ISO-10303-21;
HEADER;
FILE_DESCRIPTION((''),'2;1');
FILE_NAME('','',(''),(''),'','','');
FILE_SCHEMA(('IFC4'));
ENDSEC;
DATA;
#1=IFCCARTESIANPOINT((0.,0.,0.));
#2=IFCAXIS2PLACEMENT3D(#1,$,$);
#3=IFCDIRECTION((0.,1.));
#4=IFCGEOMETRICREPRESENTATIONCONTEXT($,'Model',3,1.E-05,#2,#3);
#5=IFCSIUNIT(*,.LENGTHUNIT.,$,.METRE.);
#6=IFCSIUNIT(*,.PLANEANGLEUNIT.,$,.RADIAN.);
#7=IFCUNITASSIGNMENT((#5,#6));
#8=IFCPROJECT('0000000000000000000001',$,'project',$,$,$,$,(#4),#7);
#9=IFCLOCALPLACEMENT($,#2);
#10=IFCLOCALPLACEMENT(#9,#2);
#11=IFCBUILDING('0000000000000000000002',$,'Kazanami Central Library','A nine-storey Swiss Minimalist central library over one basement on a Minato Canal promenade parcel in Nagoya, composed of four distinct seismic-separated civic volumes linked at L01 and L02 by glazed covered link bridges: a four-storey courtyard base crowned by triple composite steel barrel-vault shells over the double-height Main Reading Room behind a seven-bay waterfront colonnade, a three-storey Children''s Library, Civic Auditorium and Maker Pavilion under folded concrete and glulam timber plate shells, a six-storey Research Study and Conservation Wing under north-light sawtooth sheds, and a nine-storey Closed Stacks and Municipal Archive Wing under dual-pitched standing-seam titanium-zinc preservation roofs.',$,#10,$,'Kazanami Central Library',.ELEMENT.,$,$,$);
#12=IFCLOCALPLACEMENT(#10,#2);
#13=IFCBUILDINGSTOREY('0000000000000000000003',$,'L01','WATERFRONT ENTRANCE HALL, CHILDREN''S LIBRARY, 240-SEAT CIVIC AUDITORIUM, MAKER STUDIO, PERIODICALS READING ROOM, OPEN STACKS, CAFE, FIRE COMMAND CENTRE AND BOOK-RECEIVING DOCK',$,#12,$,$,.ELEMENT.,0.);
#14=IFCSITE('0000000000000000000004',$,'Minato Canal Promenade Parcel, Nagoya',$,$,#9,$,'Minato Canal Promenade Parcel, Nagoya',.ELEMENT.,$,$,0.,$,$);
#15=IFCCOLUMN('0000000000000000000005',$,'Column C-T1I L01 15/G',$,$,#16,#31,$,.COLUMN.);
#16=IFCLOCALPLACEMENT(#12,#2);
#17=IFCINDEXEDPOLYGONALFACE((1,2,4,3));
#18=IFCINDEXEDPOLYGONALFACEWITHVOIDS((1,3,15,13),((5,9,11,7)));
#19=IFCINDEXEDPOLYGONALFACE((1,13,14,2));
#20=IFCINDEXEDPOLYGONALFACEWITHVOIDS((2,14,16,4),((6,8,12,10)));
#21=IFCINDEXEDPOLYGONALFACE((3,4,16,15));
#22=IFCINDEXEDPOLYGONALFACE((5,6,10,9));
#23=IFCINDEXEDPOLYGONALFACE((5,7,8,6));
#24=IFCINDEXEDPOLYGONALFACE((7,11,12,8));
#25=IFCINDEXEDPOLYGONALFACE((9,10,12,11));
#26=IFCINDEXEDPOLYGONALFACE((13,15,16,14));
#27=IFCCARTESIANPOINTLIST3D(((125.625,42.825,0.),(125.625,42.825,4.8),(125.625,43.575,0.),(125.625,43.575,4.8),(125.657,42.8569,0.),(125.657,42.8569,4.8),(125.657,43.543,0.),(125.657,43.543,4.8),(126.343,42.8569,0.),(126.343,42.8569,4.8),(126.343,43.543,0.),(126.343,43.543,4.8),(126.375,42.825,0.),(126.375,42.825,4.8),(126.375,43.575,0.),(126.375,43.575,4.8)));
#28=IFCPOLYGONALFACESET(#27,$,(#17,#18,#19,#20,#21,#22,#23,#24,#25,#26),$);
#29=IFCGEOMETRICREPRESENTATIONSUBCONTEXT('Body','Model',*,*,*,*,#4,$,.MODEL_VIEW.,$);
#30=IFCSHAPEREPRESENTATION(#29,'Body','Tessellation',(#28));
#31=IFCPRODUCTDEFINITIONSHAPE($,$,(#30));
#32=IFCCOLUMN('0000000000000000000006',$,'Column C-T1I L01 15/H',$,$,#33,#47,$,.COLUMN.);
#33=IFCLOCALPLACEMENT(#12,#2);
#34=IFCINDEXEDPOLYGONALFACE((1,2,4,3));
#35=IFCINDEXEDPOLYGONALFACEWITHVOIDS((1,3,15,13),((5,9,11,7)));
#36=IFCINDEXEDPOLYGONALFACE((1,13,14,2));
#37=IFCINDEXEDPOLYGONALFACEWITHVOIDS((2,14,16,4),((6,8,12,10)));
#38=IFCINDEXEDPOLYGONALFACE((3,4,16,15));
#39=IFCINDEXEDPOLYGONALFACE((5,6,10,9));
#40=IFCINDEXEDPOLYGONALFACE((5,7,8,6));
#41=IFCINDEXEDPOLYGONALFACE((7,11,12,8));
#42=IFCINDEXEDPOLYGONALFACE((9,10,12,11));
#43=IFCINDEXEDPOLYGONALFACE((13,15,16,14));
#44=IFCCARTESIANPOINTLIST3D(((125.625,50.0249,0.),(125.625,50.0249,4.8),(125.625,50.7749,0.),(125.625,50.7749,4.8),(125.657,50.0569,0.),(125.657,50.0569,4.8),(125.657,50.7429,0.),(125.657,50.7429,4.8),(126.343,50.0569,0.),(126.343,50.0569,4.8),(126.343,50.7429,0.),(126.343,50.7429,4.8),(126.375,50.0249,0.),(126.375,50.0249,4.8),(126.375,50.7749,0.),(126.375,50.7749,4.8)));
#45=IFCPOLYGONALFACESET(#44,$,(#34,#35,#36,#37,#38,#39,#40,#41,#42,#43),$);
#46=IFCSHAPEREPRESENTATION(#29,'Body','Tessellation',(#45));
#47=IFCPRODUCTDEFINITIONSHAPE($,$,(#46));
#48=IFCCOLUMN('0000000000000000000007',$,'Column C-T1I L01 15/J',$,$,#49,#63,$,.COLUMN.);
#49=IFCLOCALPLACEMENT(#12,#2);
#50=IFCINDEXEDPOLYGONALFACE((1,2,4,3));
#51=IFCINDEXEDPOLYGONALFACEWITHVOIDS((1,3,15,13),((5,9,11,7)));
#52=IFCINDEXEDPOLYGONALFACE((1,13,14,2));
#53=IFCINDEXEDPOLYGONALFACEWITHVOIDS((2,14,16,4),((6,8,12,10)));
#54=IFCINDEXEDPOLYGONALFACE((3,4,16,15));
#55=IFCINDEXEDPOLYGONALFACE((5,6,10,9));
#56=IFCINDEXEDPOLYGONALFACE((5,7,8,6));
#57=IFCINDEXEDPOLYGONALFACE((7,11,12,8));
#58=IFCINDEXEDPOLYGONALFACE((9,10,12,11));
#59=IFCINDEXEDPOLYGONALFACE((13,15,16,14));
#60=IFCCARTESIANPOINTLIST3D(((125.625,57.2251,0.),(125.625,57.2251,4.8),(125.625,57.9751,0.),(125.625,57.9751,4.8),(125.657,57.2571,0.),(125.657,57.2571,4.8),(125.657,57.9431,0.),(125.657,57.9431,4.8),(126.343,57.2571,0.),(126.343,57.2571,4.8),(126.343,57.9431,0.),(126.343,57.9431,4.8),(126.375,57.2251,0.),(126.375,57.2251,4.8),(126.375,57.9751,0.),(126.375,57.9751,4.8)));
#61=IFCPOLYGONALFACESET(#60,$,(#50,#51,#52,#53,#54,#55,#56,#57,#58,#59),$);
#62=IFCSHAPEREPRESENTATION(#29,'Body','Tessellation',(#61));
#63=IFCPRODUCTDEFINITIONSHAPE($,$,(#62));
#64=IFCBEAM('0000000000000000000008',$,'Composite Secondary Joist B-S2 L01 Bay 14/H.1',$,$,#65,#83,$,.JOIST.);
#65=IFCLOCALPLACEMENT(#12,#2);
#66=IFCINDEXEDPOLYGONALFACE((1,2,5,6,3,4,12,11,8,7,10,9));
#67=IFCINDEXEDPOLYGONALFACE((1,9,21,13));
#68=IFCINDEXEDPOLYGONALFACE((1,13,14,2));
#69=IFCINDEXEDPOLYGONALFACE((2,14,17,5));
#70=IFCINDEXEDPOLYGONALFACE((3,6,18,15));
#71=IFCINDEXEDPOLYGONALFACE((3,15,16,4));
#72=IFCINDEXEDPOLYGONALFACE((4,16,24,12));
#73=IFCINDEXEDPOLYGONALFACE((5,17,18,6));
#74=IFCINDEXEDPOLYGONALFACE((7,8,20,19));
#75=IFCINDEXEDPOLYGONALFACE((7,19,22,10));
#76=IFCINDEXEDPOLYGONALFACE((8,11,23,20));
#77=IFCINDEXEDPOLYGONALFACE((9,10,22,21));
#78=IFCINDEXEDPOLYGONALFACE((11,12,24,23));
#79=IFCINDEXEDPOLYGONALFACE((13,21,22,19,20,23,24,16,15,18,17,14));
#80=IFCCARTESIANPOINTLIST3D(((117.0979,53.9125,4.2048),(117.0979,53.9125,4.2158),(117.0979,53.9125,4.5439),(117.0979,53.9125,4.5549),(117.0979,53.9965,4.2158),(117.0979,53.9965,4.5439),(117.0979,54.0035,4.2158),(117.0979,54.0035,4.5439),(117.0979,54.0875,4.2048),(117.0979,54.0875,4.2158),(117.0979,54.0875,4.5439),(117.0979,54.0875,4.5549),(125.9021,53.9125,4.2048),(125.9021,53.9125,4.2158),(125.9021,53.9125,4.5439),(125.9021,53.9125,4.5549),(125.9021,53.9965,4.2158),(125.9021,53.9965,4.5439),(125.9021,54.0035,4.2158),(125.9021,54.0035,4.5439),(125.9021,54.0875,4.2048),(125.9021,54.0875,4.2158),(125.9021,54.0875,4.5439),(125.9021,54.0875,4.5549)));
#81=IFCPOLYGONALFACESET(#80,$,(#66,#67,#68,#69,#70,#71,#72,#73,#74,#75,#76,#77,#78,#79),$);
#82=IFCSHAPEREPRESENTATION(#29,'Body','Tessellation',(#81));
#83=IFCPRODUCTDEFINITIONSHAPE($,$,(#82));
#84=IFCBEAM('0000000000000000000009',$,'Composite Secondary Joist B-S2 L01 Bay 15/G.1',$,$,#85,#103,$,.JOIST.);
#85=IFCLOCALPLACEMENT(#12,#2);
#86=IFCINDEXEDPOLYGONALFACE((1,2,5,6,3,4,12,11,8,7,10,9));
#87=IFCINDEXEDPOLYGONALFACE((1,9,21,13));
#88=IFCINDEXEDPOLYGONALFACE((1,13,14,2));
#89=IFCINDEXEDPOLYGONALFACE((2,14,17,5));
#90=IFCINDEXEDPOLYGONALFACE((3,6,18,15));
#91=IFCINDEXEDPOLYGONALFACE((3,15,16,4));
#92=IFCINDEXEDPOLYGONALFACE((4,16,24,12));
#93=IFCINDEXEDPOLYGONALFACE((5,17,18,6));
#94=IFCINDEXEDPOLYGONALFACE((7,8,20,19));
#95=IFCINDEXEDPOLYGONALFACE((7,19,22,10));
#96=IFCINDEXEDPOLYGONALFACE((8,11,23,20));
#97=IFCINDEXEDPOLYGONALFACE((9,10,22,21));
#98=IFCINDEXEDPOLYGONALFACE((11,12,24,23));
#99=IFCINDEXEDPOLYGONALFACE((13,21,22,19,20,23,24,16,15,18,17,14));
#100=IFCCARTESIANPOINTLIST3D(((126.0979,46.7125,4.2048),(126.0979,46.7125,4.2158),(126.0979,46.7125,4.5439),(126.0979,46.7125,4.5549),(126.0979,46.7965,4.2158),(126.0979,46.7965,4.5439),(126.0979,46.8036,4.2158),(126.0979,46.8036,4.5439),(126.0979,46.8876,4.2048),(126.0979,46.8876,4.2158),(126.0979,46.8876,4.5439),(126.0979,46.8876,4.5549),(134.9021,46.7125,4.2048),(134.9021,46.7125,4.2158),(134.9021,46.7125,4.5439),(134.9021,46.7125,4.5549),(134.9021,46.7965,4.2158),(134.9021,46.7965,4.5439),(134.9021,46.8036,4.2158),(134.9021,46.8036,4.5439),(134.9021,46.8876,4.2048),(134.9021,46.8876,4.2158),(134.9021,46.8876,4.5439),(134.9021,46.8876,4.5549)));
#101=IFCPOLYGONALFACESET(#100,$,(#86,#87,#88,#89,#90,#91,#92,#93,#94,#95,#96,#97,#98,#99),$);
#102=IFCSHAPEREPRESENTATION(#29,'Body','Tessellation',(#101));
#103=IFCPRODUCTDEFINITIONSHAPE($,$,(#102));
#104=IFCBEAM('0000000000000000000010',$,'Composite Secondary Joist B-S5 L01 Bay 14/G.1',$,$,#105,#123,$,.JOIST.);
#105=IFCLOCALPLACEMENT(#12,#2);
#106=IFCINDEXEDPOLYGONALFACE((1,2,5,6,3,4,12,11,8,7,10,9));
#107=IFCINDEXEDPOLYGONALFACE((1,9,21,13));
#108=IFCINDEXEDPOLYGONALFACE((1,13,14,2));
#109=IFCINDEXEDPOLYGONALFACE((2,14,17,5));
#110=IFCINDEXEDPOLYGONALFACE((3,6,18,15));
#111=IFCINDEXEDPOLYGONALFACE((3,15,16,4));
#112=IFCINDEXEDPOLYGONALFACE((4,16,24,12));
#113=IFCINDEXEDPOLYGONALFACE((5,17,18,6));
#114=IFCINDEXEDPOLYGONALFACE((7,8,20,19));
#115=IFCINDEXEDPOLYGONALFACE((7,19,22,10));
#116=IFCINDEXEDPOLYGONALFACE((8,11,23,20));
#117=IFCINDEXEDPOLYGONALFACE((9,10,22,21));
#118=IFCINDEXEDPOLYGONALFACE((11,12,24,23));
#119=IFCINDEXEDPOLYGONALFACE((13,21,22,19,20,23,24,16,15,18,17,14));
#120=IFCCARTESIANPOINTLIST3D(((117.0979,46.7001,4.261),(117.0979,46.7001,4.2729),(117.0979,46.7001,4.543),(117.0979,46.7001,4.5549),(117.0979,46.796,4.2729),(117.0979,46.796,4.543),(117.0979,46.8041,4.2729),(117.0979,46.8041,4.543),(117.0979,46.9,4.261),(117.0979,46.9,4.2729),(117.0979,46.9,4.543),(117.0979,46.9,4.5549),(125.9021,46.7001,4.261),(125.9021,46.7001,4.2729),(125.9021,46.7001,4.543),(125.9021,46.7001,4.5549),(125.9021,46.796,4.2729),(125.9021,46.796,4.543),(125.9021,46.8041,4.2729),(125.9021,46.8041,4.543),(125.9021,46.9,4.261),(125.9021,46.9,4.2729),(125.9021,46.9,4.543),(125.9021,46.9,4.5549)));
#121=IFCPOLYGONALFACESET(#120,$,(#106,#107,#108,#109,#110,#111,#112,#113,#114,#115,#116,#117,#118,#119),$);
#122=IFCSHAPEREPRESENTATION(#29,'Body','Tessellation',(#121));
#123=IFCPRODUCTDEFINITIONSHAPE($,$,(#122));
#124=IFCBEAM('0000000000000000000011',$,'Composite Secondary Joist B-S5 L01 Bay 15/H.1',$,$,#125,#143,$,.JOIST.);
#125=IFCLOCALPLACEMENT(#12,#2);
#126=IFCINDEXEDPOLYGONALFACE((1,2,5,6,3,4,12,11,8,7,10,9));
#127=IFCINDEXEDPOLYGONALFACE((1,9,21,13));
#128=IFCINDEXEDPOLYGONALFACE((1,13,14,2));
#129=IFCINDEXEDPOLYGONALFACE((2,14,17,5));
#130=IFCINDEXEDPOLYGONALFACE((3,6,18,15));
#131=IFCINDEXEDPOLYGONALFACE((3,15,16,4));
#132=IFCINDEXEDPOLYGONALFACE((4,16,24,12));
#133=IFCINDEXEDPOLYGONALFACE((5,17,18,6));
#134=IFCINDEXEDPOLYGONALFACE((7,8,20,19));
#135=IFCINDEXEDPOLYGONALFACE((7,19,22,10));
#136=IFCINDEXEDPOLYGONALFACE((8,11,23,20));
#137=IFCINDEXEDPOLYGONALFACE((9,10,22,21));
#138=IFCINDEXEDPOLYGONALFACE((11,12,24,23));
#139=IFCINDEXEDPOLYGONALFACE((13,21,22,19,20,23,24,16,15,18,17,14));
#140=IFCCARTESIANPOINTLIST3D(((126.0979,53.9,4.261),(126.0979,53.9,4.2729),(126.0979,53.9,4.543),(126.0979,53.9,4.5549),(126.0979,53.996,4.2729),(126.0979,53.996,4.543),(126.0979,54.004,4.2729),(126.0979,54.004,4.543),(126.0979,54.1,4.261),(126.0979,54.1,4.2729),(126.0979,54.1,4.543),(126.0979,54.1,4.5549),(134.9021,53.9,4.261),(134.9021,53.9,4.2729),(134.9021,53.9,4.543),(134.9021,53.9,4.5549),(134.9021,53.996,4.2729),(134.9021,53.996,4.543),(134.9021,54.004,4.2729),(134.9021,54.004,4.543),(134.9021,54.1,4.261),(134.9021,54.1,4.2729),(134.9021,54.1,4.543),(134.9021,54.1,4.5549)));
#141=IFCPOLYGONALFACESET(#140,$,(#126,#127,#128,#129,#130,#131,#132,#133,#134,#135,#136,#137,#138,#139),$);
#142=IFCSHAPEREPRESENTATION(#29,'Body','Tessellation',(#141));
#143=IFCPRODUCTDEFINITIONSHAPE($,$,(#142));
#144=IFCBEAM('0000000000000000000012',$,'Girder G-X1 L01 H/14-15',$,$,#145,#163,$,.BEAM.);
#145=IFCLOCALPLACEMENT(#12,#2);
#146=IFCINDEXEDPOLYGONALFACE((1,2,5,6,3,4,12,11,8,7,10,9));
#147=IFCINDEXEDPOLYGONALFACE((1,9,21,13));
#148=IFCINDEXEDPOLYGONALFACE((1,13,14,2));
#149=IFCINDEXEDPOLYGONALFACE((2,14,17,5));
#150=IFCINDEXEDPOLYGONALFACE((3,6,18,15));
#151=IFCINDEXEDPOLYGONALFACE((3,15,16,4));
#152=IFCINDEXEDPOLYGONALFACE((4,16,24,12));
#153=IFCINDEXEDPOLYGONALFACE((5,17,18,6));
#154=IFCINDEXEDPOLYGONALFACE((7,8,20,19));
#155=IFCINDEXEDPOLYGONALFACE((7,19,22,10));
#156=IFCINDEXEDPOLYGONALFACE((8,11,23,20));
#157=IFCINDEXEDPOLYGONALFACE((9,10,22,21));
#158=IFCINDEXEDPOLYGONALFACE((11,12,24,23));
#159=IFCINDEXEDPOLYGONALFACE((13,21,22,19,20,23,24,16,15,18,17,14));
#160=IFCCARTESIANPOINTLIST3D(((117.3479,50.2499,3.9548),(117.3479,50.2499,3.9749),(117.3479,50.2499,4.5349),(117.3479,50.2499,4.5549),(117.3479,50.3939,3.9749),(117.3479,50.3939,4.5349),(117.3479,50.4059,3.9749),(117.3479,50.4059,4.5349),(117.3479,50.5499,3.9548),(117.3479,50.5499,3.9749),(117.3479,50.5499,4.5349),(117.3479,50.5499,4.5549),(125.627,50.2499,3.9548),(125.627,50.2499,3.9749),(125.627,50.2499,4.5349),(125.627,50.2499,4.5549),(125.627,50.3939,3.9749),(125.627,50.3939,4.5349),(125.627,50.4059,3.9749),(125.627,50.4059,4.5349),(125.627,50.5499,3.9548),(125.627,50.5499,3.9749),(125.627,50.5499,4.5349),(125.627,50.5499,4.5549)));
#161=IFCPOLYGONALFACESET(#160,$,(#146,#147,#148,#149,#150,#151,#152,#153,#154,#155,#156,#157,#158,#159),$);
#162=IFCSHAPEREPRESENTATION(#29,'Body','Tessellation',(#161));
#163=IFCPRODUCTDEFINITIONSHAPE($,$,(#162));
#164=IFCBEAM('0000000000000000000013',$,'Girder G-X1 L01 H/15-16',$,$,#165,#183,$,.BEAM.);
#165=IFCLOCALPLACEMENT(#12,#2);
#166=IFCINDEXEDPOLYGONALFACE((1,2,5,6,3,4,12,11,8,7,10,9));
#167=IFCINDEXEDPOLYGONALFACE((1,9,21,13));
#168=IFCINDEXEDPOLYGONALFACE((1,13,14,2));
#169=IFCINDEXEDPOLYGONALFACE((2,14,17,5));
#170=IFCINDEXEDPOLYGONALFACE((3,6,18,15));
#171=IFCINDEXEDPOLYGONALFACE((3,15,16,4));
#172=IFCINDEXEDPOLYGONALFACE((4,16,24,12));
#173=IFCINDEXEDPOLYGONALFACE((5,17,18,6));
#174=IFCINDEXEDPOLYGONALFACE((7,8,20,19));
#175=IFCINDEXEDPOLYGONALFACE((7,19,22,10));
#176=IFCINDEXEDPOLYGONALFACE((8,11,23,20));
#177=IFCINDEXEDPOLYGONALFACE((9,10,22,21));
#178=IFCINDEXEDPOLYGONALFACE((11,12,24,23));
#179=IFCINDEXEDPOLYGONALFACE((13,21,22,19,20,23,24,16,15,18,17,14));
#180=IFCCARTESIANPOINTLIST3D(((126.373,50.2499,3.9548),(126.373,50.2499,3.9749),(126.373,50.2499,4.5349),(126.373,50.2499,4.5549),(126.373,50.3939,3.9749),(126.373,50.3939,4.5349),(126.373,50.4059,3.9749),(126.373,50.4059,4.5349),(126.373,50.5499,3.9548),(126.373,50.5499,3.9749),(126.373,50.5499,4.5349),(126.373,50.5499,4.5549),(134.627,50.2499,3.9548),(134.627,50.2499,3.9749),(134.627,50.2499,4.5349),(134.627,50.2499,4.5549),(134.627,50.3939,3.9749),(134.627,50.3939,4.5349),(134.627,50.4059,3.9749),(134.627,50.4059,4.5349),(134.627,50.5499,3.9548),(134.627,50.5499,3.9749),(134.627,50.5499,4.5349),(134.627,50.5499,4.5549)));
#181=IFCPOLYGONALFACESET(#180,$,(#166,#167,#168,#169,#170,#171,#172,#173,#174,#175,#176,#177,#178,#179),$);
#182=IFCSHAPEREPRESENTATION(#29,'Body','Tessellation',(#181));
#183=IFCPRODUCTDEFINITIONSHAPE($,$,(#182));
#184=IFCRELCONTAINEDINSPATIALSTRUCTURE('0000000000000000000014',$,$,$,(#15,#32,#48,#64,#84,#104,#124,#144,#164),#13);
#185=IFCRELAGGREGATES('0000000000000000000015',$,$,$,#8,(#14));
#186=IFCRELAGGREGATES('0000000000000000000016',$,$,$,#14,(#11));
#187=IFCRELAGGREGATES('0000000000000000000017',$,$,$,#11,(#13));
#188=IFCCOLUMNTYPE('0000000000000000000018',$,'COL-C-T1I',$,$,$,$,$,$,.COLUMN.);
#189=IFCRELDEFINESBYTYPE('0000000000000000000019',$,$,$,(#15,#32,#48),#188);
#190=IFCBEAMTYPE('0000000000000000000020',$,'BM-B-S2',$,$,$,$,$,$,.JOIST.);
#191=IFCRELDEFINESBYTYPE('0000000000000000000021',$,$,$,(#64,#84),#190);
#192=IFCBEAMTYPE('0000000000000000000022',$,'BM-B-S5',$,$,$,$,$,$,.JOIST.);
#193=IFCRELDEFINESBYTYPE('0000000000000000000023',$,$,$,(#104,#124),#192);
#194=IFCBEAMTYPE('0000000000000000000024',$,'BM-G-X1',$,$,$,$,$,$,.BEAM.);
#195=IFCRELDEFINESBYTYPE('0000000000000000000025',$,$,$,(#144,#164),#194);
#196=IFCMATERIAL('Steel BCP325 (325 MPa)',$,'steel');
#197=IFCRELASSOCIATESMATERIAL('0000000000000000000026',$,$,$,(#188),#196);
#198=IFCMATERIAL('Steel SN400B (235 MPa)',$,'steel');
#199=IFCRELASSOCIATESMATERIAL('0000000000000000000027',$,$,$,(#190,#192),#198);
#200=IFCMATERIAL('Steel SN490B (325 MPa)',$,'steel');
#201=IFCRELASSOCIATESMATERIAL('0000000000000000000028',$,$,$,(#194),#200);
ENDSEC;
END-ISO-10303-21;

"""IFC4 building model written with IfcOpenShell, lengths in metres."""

from ifc_helpers import new_model, si_unit, direction, frame, origin, origin_2d, place, context, subcontext, project, spatial, hollow_rectangle, i_section, extrude, material, material_profile, profile_set, type_object, element, save


model = new_model("IFC4")

# Units and contexts
model_context = context("Model", 3, precision=1e-05, world=origin(), true_north=direction((0.0, 1.0)))
body_context = subcontext(model_context, "Body", "Model", "MODEL_VIEW")
ifc_project = project(units=[si_unit("LENGTHUNIT", "METRE"), si_unit("PLANEANGLEUNIT", "RADIAN")], contexts=[model_context])

# Site, building, storey
site_placement = place(None, origin())
site = spatial("IfcSite", under=ifc_project, at=site_placement, Name="Minato Canal Promenade Parcel, Nagoya", LongName="Minato Canal Promenade Parcel, Nagoya", CompositionType="ELEMENT", RefElevation=0.0)
building_placement = place(site_placement, origin())
building = spatial("IfcBuilding", under=site, at=building_placement, Name="Kazanami Central Library", Description="A nine-storey Swiss Minimalist central library over one basement on a Minato Canal promenade parcel in Nagoya, composed of four distinct seismic-separated civic volumes linked at L01 and L02 by glazed covered link bridges: a four-storey courtyard base crowned by triple composite steel barrel-vault shells over the double-height Main Reading Room behind a seven-bay waterfront colonnade, a three-storey Children's Library, Civic Auditorium and Maker Pavilion under folded concrete and glulam timber plate shells, a six-storey Research Study and Conservation Wing under north-light sawtooth sheds, and a nine-storey Closed Stacks and Municipal Archive Wing under dual-pitched standing-seam titanium-zinc preservation roofs.", LongName="Kazanami Central Library", CompositionType="ELEMENT")
storey_placement = place(building_placement, origin())
storey = spatial("IfcBuildingStorey", under=building, at=storey_placement, Name="L01", Description="WATERFRONT ENTRANCE HALL, CHILDREN'S LIBRARY, 240-SEAT CIVIC AUDITORIUM, MAKER STUDIO, PERIODICALS READING ROOM, OPEN STACKS, CAFE, FIRE COMMAND CENTRE AND BOOK-RECEIVING DOCK", CompositionType="ELEMENT", Elevation=0.0)

# Columns
ifc_material_1 = material(Name="Steel BCP325 (325 MPa)", Category="steel")
ifc_material_profile_1 = material_profile(ifc_material_1, hollow_rectangle(XDim=0.75, YDim=0.75, WallThickness=0.032, at=origin_2d()), Name="BCP-750x750x32")
ifc_profile_set_1 = profile_set([ifc_material_profile_1], Name="Steel BCP325 (325 MPa)")
column_type = type_object("IfcColumnType", Name="COL-C-T1I", PredefinedType="COLUMN", material=ifc_profile_set_1)
for number, where, z_axis, x_axis, name in (
    (1, (126.0, 43.2, 0.0), (0.0, 0.0, 1.0), (1.0, 0.0, 0.0), "Column C-T1I L01 15/G"),
    (2, (126.0, 50.3999, 0.0), (0.0, 0.0, 1.0), (1.0, 0.0, 0.0), "Column C-T1I L01 15/H"),
    (3, (126.0, 57.6001, 0.0), (0.0, 0.0, 1.0), (1.0, 0.0, 0.0), "Column C-T1I L01 15/J"),
):
    element("IfcColumn", number, at=place(storey_placement, frame(where, z_axis=z_axis, x_axis=x_axis)), inside=storey, type_object=column_type, Name=name, PredefinedType="COLUMN", context=body_context, shape_type="SweptSolid", body=[
        extrude(hollow_rectangle(XDim=0.75, YDim=0.75, WallThickness=0.032, at=origin_2d()), origin(), (0.0, 0.0, 1.0), 4.8),
    ])

# Beams
ifc_material_2 = material(Name="Steel SN400B (235 MPa)", Category="steel")
ifc_material_profile_2 = material_profile(ifc_material_2, i_section(OverallWidth=0.175, OverallDepth=0.3501, WebThickness=0.0071, FlangeThickness=0.011, at=origin_2d()), Name="H-350x175x7x11")
ifc_profile_set_2 = profile_set([ifc_material_profile_2], Name="Steel SN400B (235 MPa)")
beam_type_1 = type_object("IfcBeamType", Name="BM-B-S2", PredefinedType="JOIST", material=ifc_profile_set_2)
for number, where, z_axis, x_axis, name in (
    (4, (117.0979, 54.0, 4.3799), (1.0, 0.0, 0.0), (0.0, 1.0, 0.0), "Composite Secondary Joist B-S2 L01 Bay 14/H.1"),
    (5, (126.0979, 46.8, 4.3799), (1.0, 0.0, 0.0), (0.0, 1.0, 0.0), "Composite Secondary Joist B-S2 L01 Bay 15/G.1"),
):
    element("IfcBeam", number, at=place(storey_placement, frame(where, z_axis=z_axis, x_axis=x_axis)), inside=storey, type_object=beam_type_1, Name=name, PredefinedType="JOIST", context=body_context, shape_type="SweptSolid", body=[
        extrude(i_section(OverallWidth=0.175, OverallDepth=0.3501, WebThickness=0.0071, FlangeThickness=0.011, at=origin_2d()), origin(), (0.0, 0.0, 1.0), 8.8042),
    ])
ifc_material_profile_3 = material_profile(ifc_material_2, i_section(OverallWidth=0.2, OverallDepth=0.2939, WebThickness=0.0081, FlangeThickness=0.012, at=origin_2d()), Name="H-294x200x8x12")
ifc_profile_set_3 = profile_set([ifc_material_profile_3], Name="Steel SN400B (235 MPa)")
beam_type_2 = type_object("IfcBeamType", Name="BM-B-S5", PredefinedType="JOIST", material=ifc_profile_set_3)
for number, where, z_axis, x_axis, name in (
    (6, (117.0979, 46.8, 4.408), (1.0, 0.0, 0.0), (0.0, 1.0, 0.0), "Composite Secondary Joist B-S5 L01 Bay 14/G.1"),
    (7, (126.0979, 54.0, 4.408), (1.0, 0.0, 0.0), (0.0, 1.0, 0.0), "Composite Secondary Joist B-S5 L01 Bay 15/H.1"),
):
    element("IfcBeam", number, at=place(storey_placement, frame(where, z_axis=z_axis, x_axis=x_axis)), inside=storey, type_object=beam_type_2, Name=name, PredefinedType="JOIST", context=body_context, shape_type="SweptSolid", body=[
        extrude(i_section(OverallWidth=0.2, OverallDepth=0.2939, WebThickness=0.0081, FlangeThickness=0.012, at=origin_2d()), origin(), (0.0, 0.0, 1.0), 8.8042),
    ])
ifc_material_3 = material(Name="Steel SN490B (325 MPa)", Category="steel")
ifc_material_profile_4 = material_profile(ifc_material_3, i_section(OverallWidth=0.3, OverallDepth=0.6001, WebThickness=0.012, FlangeThickness=0.02, at=origin_2d()), Name="H-600x300x12x20")
ifc_profile_set_4 = profile_set([ifc_material_profile_4], Name="Steel SN490B (325 MPa)")
beam_type_3 = type_object("IfcBeamType", Name="BM-G-X1", PredefinedType="BEAM", material=ifc_profile_set_4)
beam_1_placement = place(storey_placement, frame((117.3479, 50.3999, 4.2549), z_axis=(1.0, 0.0, 0.0), x_axis=(0.0, 1.0, 0.0)))
element("IfcBeam", 8, at=beam_1_placement, inside=storey, type_object=beam_type_3, Name="Girder G-X1 L01 H/14-15", PredefinedType="BEAM", context=body_context, shape_type="SweptSolid", body=[
    extrude(i_section(OverallWidth=0.3, OverallDepth=0.6001, WebThickness=0.012, FlangeThickness=0.02, at=origin_2d()), origin(), (0.0, 0.0, 1.0), 8.2791),
])
beam_2_placement = place(storey_placement, frame((126.373, 50.3999, 4.2549), z_axis=(1.0, 0.0, 0.0), x_axis=(0.0, 1.0, 0.0)))
element("IfcBeam", 9, at=beam_2_placement, inside=storey, type_object=beam_type_3, Name="Girder G-X1 L01 H/15-16", PredefinedType="BEAM", context=body_context, shape_type="SweptSolid", body=[
    extrude(i_section(OverallWidth=0.3, OverallDepth=0.6001, WebThickness=0.012, FlangeThickness=0.02, at=origin_2d()), origin(), (0.0, 0.0, 1.0), 8.2539),
])

save(model, "model.ifc")
